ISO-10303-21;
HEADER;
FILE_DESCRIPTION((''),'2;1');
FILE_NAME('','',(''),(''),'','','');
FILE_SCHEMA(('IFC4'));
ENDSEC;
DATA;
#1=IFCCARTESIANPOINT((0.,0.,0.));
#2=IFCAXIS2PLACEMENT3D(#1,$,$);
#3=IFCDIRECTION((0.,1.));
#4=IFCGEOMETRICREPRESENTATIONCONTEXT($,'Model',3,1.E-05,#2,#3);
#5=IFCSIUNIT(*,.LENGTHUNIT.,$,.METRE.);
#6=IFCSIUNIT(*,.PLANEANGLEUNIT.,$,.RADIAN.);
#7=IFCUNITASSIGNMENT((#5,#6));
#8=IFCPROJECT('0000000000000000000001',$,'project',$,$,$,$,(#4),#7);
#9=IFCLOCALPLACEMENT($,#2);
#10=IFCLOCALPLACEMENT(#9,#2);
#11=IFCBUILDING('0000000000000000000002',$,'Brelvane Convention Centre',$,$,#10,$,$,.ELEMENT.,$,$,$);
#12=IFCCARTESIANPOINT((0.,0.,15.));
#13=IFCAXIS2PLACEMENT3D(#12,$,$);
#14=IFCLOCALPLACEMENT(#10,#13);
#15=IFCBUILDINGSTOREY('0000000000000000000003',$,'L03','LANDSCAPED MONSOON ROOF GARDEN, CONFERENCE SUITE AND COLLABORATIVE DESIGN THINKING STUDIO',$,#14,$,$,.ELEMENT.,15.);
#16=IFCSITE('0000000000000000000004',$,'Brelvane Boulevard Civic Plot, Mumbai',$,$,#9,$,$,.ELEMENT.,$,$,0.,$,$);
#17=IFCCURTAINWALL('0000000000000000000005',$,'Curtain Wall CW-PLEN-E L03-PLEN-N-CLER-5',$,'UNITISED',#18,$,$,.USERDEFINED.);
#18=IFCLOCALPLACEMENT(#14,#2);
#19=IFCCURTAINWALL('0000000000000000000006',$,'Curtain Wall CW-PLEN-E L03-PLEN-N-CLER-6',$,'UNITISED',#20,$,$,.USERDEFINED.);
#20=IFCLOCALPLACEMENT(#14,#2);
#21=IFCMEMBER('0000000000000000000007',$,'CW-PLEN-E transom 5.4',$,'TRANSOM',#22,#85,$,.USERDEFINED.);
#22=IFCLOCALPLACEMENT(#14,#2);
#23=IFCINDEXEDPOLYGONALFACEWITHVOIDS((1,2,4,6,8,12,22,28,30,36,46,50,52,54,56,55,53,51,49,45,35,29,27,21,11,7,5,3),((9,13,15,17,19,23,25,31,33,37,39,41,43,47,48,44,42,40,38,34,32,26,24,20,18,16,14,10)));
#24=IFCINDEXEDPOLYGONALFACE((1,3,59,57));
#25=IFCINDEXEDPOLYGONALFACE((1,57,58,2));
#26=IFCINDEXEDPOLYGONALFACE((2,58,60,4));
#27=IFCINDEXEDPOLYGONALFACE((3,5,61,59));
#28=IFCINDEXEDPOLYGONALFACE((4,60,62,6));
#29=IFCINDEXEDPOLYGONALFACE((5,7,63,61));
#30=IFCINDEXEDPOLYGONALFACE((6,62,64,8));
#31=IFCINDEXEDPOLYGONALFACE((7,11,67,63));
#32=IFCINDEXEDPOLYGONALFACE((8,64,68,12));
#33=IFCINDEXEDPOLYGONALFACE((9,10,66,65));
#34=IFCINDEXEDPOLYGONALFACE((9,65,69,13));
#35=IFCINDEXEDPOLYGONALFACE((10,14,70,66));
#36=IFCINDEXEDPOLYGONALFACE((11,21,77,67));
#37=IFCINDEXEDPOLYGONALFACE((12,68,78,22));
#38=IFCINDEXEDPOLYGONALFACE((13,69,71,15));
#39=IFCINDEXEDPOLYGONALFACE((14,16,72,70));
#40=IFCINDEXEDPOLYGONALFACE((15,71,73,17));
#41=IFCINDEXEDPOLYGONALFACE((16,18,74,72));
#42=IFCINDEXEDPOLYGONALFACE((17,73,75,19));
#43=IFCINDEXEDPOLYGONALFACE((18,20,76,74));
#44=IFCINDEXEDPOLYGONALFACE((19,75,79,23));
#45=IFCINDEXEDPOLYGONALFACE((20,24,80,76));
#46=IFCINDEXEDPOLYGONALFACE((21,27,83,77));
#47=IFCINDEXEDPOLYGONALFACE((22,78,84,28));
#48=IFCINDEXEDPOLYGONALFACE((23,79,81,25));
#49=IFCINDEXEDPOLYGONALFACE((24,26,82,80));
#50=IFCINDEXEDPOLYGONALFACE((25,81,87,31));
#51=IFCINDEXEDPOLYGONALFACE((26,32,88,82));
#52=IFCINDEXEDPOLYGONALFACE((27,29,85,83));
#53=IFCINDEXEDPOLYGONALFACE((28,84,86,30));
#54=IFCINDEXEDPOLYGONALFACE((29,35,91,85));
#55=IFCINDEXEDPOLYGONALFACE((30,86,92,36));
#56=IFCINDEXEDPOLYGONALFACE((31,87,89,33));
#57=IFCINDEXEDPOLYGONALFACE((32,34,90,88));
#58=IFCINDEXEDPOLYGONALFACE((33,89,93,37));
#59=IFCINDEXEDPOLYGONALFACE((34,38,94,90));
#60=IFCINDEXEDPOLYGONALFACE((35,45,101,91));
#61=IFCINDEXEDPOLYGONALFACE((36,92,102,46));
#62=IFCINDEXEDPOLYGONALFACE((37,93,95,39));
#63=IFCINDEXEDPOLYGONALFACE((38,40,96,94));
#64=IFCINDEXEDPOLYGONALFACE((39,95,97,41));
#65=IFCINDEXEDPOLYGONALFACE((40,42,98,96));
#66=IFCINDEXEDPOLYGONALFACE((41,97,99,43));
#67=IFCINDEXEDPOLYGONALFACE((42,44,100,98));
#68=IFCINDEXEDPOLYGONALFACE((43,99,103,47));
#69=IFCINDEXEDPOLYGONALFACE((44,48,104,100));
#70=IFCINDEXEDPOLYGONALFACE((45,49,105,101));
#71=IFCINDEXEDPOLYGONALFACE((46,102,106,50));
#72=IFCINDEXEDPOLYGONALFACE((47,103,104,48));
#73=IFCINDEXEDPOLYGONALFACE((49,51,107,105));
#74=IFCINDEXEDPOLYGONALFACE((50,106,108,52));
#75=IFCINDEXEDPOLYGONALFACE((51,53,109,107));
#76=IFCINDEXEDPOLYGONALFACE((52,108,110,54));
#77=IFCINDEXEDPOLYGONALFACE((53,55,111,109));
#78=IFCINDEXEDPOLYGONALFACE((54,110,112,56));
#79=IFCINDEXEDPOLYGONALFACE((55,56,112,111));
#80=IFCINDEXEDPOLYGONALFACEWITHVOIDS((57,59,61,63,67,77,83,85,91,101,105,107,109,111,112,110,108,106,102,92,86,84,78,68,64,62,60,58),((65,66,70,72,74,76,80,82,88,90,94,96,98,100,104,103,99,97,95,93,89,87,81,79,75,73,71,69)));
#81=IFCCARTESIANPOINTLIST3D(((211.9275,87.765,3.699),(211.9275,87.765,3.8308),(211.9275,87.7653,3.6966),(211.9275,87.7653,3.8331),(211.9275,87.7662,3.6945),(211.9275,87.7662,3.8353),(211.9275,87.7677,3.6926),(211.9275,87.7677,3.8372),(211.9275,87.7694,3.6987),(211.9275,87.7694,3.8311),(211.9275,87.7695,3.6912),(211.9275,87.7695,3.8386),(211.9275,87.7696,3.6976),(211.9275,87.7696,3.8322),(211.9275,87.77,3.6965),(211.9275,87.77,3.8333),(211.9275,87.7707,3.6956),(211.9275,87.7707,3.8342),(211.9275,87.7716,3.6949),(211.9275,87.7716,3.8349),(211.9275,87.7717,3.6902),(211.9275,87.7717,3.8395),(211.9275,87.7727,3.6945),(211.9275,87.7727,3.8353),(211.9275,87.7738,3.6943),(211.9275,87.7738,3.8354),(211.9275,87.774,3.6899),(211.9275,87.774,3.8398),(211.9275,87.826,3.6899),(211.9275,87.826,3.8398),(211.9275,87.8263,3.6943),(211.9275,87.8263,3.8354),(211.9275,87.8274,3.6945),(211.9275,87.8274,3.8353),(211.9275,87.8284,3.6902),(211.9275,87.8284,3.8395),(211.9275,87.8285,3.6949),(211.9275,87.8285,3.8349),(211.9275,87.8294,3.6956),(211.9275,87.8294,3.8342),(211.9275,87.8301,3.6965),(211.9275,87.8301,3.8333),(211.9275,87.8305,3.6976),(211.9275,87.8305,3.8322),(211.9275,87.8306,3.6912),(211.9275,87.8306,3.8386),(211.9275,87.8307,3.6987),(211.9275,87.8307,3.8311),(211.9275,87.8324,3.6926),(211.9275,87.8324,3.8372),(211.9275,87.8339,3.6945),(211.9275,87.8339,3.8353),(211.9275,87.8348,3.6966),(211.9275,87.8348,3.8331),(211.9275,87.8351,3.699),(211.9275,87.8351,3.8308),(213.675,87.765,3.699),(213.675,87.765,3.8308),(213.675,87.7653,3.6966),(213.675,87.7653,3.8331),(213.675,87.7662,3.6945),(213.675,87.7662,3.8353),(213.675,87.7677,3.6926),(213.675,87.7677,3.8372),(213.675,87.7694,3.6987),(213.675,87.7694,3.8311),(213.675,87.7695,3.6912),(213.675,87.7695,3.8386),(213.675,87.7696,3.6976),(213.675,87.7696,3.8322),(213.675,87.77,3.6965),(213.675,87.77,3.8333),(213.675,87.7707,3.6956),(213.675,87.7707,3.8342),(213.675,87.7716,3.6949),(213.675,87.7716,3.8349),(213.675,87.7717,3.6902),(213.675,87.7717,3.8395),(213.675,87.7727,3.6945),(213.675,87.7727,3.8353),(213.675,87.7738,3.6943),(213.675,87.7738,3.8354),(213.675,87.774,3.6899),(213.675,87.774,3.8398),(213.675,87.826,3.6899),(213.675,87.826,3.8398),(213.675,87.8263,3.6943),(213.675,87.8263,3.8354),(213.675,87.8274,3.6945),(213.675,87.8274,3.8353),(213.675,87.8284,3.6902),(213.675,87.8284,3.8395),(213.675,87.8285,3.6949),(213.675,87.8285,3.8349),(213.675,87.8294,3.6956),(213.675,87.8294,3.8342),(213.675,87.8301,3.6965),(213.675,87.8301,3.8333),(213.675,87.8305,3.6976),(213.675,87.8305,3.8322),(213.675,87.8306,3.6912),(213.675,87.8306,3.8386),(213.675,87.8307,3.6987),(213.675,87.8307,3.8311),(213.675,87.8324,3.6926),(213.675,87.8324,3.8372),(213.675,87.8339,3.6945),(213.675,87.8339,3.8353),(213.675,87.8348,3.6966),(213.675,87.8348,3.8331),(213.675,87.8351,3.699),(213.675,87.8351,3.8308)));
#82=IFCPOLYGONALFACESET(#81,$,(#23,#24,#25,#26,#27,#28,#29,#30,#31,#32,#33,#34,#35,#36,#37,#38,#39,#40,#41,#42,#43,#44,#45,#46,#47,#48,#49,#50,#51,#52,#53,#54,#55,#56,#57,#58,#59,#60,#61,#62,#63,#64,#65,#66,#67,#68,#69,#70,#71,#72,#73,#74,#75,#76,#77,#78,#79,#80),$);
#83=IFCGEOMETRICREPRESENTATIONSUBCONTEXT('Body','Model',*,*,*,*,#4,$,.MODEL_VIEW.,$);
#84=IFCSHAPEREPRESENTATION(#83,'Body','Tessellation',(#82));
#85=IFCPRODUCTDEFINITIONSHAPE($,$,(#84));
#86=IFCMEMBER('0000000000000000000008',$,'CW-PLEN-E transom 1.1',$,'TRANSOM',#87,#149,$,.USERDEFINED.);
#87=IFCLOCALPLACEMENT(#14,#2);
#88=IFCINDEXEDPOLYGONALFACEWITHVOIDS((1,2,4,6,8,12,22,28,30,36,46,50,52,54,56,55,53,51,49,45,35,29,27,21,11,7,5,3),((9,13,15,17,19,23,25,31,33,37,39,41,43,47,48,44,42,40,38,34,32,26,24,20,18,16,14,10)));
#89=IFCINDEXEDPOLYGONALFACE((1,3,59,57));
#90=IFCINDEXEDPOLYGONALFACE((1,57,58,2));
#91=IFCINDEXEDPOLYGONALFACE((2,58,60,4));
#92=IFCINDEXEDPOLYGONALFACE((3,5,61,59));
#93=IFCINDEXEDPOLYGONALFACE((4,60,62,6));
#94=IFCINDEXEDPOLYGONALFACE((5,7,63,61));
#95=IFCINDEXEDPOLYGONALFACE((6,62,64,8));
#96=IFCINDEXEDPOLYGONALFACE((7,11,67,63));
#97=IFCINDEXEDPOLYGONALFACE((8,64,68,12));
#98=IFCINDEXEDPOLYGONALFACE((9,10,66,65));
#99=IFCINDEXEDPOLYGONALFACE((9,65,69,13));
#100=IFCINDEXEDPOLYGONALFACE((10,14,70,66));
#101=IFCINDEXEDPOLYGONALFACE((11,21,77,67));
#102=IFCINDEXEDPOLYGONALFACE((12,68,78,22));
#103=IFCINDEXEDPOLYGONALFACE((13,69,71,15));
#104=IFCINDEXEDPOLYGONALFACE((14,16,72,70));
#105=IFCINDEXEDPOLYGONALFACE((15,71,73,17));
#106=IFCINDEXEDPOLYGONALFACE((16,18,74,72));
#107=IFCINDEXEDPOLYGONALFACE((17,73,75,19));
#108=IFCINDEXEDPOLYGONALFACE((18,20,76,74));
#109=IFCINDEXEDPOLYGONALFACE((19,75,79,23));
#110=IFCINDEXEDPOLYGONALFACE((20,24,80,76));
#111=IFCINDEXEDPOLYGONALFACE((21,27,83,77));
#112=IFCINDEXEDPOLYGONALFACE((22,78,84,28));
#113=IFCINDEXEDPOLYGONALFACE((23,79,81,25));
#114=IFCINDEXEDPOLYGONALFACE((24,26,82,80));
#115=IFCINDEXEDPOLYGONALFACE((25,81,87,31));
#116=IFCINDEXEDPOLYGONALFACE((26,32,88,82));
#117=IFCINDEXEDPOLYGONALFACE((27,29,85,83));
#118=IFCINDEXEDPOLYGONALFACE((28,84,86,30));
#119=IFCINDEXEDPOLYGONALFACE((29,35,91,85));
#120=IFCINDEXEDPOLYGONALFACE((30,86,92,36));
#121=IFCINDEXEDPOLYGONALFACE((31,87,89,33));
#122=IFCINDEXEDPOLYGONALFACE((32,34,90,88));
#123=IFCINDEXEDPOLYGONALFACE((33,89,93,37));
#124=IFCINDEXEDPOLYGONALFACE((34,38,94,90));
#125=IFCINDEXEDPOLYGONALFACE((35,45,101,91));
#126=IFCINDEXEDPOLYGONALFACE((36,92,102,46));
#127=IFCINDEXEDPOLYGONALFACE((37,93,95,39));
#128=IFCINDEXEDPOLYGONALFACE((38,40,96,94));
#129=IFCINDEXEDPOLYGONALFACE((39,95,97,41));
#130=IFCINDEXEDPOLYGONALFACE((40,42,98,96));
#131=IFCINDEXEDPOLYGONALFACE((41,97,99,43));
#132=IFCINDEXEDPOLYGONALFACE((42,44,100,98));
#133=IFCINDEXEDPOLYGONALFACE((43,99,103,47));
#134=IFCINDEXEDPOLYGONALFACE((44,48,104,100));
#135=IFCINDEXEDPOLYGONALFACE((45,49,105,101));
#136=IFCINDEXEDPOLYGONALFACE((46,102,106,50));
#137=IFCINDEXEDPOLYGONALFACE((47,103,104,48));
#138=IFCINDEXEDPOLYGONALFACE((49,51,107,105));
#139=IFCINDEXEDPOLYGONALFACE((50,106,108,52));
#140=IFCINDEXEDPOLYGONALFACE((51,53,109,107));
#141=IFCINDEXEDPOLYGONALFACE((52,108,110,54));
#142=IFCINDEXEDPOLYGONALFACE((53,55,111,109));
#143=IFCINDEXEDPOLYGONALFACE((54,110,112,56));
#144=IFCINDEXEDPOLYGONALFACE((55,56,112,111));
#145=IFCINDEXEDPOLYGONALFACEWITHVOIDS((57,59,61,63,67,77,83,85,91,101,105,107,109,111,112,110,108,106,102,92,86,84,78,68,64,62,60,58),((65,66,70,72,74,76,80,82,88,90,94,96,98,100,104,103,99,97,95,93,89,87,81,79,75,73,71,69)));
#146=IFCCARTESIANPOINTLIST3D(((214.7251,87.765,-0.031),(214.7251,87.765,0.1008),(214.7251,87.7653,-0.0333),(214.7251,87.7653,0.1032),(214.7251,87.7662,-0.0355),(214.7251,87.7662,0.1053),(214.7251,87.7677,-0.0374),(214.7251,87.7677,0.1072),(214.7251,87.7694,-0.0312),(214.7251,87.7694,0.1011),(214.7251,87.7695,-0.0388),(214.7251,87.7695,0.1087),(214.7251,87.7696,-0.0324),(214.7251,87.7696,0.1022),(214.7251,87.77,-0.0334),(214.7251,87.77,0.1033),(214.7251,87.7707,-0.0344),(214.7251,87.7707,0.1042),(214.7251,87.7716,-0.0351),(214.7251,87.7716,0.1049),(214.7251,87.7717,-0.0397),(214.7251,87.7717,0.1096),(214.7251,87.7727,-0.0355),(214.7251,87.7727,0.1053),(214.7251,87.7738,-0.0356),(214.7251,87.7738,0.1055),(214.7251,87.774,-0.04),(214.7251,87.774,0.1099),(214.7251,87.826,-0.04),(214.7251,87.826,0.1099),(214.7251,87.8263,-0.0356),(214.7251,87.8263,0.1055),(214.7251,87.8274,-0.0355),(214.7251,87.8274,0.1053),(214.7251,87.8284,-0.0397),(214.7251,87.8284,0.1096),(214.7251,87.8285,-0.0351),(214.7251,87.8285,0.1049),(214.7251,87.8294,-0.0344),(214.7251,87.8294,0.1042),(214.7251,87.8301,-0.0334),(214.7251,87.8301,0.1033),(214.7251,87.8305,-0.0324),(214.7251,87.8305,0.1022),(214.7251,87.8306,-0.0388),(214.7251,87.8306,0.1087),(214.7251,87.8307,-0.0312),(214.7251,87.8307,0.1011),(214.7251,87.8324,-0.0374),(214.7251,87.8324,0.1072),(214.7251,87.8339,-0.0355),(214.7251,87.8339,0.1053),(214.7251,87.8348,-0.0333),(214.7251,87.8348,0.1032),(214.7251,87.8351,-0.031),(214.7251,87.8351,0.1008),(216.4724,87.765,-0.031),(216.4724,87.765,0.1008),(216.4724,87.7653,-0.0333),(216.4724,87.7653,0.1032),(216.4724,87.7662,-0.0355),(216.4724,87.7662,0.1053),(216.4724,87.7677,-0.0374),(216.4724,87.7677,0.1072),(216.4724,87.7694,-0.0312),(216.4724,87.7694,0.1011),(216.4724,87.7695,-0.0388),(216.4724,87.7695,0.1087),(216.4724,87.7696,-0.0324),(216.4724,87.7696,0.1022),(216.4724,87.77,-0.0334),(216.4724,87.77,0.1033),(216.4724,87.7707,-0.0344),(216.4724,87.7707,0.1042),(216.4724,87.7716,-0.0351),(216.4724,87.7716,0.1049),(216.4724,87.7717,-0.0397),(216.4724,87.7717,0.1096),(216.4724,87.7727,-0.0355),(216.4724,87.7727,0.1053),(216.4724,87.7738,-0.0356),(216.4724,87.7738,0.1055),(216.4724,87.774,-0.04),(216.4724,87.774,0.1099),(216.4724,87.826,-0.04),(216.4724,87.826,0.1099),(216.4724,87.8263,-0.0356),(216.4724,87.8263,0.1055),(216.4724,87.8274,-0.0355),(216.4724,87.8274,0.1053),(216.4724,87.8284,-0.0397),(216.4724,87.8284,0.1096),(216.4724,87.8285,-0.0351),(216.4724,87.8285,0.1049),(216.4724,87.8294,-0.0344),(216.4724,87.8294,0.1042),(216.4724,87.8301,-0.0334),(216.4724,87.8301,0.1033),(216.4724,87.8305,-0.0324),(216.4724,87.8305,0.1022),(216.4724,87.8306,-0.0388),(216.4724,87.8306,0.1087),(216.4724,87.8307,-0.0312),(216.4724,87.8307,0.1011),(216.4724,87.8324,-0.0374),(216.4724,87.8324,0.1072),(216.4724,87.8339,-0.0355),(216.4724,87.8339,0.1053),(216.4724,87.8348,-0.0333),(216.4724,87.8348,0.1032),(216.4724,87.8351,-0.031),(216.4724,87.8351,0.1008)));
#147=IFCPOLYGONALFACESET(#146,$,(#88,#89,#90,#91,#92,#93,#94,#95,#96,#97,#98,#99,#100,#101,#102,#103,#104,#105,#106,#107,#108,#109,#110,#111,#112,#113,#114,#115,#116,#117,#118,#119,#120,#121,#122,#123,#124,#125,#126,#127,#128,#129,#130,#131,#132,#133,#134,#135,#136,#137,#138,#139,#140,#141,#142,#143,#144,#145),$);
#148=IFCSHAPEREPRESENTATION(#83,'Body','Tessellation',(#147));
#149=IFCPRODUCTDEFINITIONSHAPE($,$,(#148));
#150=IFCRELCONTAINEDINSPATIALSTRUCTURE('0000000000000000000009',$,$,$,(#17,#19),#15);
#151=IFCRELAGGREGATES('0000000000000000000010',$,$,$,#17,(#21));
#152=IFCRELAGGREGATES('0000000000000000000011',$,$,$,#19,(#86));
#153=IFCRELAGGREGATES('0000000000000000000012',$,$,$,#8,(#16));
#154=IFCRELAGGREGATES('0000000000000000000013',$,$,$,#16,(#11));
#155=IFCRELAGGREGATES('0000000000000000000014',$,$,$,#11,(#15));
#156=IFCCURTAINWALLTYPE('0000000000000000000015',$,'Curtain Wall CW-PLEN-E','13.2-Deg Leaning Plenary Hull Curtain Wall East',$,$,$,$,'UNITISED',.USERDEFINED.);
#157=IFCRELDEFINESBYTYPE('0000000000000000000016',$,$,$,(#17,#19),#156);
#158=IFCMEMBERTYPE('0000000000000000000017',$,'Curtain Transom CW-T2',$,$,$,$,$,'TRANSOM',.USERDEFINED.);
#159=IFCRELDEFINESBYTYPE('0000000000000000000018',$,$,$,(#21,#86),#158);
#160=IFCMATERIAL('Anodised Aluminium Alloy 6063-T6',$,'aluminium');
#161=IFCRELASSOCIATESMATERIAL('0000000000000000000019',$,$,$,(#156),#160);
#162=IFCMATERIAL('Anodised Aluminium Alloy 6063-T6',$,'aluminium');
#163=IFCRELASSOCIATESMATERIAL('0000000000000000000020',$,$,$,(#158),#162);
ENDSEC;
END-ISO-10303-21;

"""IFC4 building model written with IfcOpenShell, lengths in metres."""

from ifc_helpers import new_model, si_unit, direction, frame, origin, origin_2d, place, context, subcontext, project, spatial, hollow_rectangle, extrude, material, material_profile, profile_set, type_object, element, aggregate, save


model = new_model("IFC4")

# Units and contexts
model_context = context("Model", 3, precision=1e-05, world=origin(), true_north=direction((0.0, 1.0)))
body_context = subcontext(model_context, "Body", "Model", "MODEL_VIEW")
ifc_project = project(units=[si_unit("LENGTHUNIT", "METRE"), si_unit("PLANEANGLEUNIT", "RADIAN")], contexts=[model_context])

# Site, building, storey
site_placement = place(None, origin())
site = spatial("IfcSite", under=ifc_project, at=site_placement, Name="Brelvane Boulevard Civic Plot, Mumbai", CompositionType="ELEMENT", RefElevation=0.0)
building_placement = place(site_placement, origin())
building = spatial("IfcBuilding", under=site, at=building_placement, Name="Brelvane Convention Centre", CompositionType="ELEMENT")
storey_placement = place(building_placement, frame((0.0, 0.0, 15.0)))
storey = spatial("IfcBuildingStorey", under=building, at=storey_placement, Name="L03", Description="LANDSCAPED MONSOON ROOF GARDEN, CONFERENCE SUITE AND COLLABORATIVE DESIGN THINKING STUDIO", CompositionType="ELEMENT", Elevation=15.0)

# Curtain walls
ifc_material_1 = material(Name="Anodised Aluminium Alloy 6063-T6", Category="aluminium")
curtain_wall_type = type_object("IfcCurtainWallType", Name="Curtain Wall CW-PLEN-E", Description="13.2-Deg Leaning Plenary Hull Curtain Wall East", ElementType="UNITISED", PredefinedType="USERDEFINED", material=ifc_material_1)
curtain_wall_1_placement = place(storey_placement, origin())
curtain_wall_1 = element("IfcCurtainWall", 1, at=curtain_wall_1_placement, inside=storey, type_object=curtain_wall_type, Name="Curtain Wall CW-PLEN-E L03-PLEN-N-CLER-5", ObjectType="UNITISED", PredefinedType="USERDEFINED")
curtain_wall_2_placement = place(storey_placement, origin())
curtain_wall_2 = element("IfcCurtainWall", 2, at=curtain_wall_2_placement, inside=storey, type_object=curtain_wall_type, Name="Curtain Wall CW-PLEN-E L03-PLEN-N-CLER-6", ObjectType="UNITISED", PredefinedType="USERDEFINED")

# Members
ifc_material_2 = material(Name="Anodised Aluminium Alloy 6063-T6", Category="aluminium")
ifc_material_profile_1 = material_profile(ifc_material_2, hollow_rectangle(XDim=0.0701, YDim=0.1499, WallThickness=0.0044, InnerFilletRadius=0.0044, OuterFilletRadius=0.009, at=origin_2d()), Name="ALU-T 150x70x4.5")
ifc_profile_set_1 = profile_set([ifc_material_profile_1], Name="Anodised Aluminium Alloy 6063-T6")
member_type_1 = type_object("IfcMemberType", Name="Curtain Transom CW-T2", ElementType="TRANSOM", PredefinedType="USERDEFINED", material=ifc_profile_set_1)
member_1_placement = place(storey_placement, frame((211.9275, 87.8, 3.7649), z_axis=(1.0, 0.0, 0.0), x_axis=(0.0, 1.0, 0.0)))
member_1 = element("IfcMember", 3, at=member_1_placement, type_object=member_type_1, Name="CW-PLEN-E transom 5.4", ObjectType="TRANSOM", PredefinedType="USERDEFINED", context=body_context, shape_type="SweptSolid", body=[
    extrude(hollow_rectangle(XDim=0.0701, YDim=0.1499, WallThickness=0.0044, InnerFilletRadius=0.0044, OuterFilletRadius=0.009, at=origin_2d()), origin(), (0.0, 0.0, 1.0), 1.7476),
])
member_2_placement = place(storey_placement, frame((214.7251, 87.8, 0.0349), z_axis=(1.0, 0.0, 0.0), x_axis=(0.0, 1.0, 0.0)))
member_2 = element("IfcMember", 4, at=member_2_placement, type_object=member_type_1, Name="CW-PLEN-E transom 1.1", ObjectType="TRANSOM", PredefinedType="USERDEFINED", context=body_context, shape_type="SweptSolid", body=[
    extrude(hollow_rectangle(XDim=0.0701, YDim=0.1499, WallThickness=0.0044, InnerFilletRadius=0.0044, OuterFilletRadius=0.009, at=origin_2d()), origin(), (0.0, 0.0, 1.0), 1.7473),
])

aggregate(curtain_wall_1, [member_1])
aggregate(curtain_wall_2, [member_2])

save(model, "model.ifc")
